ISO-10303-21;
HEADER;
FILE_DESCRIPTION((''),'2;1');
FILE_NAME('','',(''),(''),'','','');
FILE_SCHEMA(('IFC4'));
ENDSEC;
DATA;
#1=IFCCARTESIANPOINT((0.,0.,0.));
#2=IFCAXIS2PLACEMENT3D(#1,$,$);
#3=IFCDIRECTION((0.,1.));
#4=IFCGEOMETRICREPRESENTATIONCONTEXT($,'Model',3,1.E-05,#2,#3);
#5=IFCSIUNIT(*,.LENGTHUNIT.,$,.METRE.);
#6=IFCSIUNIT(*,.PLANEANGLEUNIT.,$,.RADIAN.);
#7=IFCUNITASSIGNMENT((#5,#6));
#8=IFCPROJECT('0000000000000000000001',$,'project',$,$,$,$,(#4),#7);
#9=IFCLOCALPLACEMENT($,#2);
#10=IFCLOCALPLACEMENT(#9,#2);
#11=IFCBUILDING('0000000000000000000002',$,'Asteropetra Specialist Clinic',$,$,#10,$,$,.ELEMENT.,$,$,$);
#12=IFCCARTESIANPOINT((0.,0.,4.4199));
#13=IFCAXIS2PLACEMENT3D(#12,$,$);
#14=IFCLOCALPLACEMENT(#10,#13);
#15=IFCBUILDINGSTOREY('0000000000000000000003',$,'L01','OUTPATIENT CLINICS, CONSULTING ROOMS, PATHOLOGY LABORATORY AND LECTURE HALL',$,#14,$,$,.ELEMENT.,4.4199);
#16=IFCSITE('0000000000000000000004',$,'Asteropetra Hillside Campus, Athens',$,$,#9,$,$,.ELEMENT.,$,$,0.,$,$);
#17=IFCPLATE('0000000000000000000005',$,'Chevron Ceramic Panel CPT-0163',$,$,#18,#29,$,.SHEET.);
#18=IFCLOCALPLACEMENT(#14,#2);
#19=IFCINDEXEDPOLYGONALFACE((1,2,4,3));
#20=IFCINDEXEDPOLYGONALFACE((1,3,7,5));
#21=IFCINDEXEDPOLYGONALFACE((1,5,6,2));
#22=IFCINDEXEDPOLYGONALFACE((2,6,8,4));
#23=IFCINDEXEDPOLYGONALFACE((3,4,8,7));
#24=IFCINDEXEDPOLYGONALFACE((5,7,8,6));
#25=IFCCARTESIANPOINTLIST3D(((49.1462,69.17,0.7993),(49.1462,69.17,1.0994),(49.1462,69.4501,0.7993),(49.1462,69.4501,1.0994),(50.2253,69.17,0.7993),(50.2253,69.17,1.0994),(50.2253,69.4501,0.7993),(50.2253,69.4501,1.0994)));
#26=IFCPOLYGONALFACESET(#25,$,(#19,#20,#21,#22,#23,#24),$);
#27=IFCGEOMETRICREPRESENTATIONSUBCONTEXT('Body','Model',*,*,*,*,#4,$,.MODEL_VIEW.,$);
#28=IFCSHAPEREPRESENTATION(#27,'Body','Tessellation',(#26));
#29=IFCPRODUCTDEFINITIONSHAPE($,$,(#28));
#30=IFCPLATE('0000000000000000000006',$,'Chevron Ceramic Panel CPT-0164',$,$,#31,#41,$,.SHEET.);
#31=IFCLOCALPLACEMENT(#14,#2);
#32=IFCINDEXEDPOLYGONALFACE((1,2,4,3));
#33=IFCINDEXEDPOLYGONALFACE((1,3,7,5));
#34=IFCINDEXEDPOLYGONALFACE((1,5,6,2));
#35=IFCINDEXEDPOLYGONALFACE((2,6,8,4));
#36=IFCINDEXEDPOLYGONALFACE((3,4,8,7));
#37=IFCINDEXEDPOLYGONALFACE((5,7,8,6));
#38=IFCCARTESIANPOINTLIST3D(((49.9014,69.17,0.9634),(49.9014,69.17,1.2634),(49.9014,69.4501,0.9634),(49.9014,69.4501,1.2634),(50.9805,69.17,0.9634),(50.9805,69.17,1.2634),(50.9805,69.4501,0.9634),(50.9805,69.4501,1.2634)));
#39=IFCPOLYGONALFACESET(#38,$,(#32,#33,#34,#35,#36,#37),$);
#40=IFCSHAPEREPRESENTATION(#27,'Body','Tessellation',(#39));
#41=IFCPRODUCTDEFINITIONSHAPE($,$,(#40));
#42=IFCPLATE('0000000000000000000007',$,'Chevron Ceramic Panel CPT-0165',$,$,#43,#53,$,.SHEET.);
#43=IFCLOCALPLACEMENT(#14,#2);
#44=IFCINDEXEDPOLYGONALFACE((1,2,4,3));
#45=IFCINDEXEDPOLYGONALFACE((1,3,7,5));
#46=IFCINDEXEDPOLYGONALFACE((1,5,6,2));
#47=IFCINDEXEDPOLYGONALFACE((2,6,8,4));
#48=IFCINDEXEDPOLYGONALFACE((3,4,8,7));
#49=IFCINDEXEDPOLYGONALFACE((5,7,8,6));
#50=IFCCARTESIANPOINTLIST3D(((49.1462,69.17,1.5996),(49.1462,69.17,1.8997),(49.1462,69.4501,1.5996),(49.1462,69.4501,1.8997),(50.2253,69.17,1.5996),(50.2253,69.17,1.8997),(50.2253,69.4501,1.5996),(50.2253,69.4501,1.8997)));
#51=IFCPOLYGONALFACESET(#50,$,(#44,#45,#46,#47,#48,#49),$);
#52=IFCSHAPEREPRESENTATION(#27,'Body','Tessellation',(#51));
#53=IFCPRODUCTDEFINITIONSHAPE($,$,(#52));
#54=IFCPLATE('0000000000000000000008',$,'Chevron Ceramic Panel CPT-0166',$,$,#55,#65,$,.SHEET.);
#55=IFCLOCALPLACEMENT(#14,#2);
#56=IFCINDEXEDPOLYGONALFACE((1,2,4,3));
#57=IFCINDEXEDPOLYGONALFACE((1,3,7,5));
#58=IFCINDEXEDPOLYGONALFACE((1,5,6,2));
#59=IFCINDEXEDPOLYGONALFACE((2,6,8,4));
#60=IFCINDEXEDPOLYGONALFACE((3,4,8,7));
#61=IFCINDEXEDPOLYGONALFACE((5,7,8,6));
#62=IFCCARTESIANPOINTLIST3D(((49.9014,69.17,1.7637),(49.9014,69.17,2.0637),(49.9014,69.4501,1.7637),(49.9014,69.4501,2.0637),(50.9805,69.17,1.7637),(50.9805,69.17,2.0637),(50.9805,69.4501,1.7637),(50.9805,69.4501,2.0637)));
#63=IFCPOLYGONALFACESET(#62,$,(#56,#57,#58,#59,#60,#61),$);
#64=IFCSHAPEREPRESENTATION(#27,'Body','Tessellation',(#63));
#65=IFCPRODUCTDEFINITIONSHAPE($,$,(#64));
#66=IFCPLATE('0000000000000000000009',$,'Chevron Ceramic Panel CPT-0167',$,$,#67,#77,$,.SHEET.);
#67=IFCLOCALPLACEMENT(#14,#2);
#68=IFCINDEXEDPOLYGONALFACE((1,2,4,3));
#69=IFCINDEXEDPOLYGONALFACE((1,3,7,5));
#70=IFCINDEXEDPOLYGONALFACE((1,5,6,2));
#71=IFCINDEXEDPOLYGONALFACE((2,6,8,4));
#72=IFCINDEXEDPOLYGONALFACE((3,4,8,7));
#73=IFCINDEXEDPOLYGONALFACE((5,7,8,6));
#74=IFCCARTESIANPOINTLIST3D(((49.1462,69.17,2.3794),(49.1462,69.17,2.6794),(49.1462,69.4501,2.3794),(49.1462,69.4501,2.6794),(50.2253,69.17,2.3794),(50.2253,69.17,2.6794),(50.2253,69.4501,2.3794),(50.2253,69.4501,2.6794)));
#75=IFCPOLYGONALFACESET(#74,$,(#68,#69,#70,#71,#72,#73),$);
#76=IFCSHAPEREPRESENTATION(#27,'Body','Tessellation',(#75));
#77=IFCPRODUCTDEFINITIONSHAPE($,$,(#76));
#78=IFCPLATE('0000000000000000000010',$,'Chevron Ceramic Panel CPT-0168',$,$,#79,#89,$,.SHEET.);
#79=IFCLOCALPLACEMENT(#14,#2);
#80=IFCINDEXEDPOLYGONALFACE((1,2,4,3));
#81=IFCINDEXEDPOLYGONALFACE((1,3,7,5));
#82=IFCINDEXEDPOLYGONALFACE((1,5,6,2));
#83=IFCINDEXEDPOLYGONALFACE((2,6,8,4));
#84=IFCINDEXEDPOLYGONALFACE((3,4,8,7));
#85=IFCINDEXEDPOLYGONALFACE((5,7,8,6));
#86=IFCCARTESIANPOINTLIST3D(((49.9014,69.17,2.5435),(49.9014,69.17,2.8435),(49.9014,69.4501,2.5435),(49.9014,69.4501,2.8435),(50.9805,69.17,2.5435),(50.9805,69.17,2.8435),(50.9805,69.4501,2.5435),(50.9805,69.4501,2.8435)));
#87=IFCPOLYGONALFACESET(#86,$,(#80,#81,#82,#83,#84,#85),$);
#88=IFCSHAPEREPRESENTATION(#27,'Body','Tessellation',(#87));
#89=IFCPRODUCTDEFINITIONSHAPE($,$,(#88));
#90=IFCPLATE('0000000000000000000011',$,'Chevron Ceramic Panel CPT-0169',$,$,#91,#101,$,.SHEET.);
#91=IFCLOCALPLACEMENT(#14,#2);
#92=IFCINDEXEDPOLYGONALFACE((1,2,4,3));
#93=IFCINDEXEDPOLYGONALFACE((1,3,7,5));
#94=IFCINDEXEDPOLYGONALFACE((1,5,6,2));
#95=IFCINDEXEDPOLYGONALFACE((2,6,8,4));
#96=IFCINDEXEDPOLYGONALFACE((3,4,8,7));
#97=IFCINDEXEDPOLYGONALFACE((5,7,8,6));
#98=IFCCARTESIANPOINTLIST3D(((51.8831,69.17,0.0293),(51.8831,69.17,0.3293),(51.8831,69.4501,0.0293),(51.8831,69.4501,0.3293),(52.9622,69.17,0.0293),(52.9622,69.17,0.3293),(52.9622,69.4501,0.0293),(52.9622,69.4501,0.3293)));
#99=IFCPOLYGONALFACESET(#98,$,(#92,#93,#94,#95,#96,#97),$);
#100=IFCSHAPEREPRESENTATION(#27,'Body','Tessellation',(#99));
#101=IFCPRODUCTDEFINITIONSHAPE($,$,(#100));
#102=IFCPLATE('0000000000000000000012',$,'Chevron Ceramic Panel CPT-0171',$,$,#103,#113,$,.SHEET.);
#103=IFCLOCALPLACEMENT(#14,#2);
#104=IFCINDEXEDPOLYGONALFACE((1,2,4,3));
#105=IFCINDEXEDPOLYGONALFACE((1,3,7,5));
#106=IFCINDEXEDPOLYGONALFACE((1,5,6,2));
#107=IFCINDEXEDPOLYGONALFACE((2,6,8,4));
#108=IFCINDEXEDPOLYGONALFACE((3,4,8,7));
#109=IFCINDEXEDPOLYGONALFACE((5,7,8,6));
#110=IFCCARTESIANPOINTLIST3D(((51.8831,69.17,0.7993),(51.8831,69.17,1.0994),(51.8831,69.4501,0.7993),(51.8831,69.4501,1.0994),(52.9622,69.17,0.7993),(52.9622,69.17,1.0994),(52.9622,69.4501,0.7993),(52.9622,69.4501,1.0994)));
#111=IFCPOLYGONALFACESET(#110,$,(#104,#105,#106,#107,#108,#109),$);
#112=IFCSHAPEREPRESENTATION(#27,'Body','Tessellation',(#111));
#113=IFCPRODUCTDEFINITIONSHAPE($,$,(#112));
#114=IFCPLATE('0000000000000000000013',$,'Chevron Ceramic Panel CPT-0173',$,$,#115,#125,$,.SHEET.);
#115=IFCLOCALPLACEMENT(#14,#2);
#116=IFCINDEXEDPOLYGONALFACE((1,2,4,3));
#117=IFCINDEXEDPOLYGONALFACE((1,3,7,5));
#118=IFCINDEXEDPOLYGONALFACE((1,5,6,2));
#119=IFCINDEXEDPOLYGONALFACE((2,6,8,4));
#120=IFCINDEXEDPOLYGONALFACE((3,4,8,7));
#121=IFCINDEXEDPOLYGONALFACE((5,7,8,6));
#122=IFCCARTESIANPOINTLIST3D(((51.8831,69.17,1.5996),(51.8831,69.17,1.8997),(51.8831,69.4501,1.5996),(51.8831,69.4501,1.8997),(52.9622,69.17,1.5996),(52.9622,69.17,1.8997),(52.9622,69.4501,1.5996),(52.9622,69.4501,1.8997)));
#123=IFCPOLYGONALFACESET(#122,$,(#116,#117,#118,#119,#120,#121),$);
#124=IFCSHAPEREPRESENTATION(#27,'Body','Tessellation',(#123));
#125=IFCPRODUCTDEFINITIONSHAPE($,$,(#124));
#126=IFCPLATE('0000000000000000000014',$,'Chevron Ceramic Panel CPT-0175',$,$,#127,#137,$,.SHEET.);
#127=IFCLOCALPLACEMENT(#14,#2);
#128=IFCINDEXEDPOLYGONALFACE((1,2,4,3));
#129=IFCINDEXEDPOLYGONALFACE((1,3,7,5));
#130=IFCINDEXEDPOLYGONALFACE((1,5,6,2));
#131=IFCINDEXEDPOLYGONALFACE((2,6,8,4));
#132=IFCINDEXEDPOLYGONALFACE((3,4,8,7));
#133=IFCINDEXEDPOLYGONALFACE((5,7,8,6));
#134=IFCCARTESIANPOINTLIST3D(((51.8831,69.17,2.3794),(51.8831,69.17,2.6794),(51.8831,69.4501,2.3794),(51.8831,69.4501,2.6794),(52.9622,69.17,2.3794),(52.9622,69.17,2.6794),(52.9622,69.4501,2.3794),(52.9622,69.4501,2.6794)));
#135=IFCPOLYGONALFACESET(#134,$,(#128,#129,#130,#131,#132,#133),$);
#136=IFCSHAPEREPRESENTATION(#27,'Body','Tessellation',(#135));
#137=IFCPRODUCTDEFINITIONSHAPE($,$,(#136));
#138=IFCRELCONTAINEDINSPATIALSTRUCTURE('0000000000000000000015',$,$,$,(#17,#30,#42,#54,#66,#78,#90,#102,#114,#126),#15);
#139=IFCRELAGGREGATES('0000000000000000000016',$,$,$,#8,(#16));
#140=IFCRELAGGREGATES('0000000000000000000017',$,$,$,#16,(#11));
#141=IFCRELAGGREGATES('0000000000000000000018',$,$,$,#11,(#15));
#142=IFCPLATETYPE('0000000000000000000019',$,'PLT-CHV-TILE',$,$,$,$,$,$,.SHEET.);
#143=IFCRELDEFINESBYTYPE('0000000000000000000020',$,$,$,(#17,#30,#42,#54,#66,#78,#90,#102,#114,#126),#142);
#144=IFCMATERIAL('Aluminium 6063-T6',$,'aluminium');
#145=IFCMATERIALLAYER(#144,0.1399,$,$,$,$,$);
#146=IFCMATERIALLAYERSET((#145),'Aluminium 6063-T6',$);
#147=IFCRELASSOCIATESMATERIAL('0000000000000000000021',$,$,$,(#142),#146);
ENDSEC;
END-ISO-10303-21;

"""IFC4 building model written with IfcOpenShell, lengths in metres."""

from ifc_helpers import new_model, si_unit, direction, frame, origin, origin_2d, place, context, subcontext, project, spatial, rectangle, extrude, material, layer, layer_set, type_object, element, save


model = new_model("IFC4")

# Units and contexts
model_context = context("Model", 3, precision=1e-05, world=origin(), true_north=direction((0.0, 1.0)))
body_context = subcontext(model_context, "Body", "Model", "MODEL_VIEW")
ifc_project = project(units=[si_unit("LENGTHUNIT", "METRE"), si_unit("PLANEANGLEUNIT", "RADIAN")], contexts=[model_context])

# Site, building, storey
site_placement = place(None, origin())
site = spatial("IfcSite", under=ifc_project, at=site_placement, Name="Asteropetra Hillside Campus, Athens", CompositionType="ELEMENT", RefElevation=0.0)
building_placement = place(site_placement, origin())
building = spatial("IfcBuilding", under=site, at=building_placement, Name="Asteropetra Specialist Clinic", CompositionType="ELEMENT")
storey_placement = place(building_placement, frame((0.0, 0.0, 4.4199)))
storey = spatial("IfcBuildingStorey", under=building, at=storey_placement, Name="L01", Description="OUTPATIENT CLINICS, CONSULTING ROOMS, PATHOLOGY LABORATORY AND LECTURE HALL", CompositionType="ELEMENT", Elevation=4.4199)

# Plates
ifc_material_1 = material(Name="Aluminium 6063-T6", Category="aluminium")
ifc_layer = layer(ifc_material_1, 0.1399)
ifc_layer_set = layer_set([ifc_layer], Name="Aluminium 6063-T6")
plate_type_1 = type_object("IfcPlateType", Name="PLT-CHV-TILE", PredefinedType="SHEET", material=ifc_layer_set)
for number, where, z_axis, x_axis, name in (
    (1, (49.6858, 69.3101, 0.7993), (0.0, 0.0, 1.0), (1.0, 0.0, 0.0), "Chevron Ceramic Panel CPT-0163"),
    (2, (50.4409, 69.3101, 0.9634), (0.0, 0.0, 1.0), (1.0, 0.0, 0.0), "Chevron Ceramic Panel CPT-0164"),
    (3, (49.6858, 69.3101, 1.5996), (0.0, 0.0, 1.0), (1.0, 0.0, 0.0), "Chevron Ceramic Panel CPT-0165"),
    (4, (50.4409, 69.3101, 1.7637), (0.0, 0.0, 1.0), (1.0, 0.0, 0.0), "Chevron Ceramic Panel CPT-0166"),
    (5, (49.6858, 69.3101, 2.3794), (0.0, 0.0, 1.0), (1.0, 0.0, 0.0), "Chevron Ceramic Panel CPT-0167"),
    (6, (50.4409, 69.3101, 2.5435), (0.0, 0.0, 1.0), (1.0, 0.0, 0.0), "Chevron Ceramic Panel CPT-0168"),
    (7, (52.4226, 69.3101, 0.0293), (0.0, 0.0, 1.0), (1.0, 0.0, 0.0), "Chevron Ceramic Panel CPT-0169"),
    (8, (52.4226, 69.3101, 0.7993), (0.0, 0.0, 1.0), (1.0, 0.0, 0.0), "Chevron Ceramic Panel CPT-0171"),
    (9, (52.4226, 69.3101, 1.5996), (0.0, 0.0, 1.0), (1.0, 0.0, 0.0), "Chevron Ceramic Panel CPT-0173"),
    (10, (52.4226, 69.3101, 2.3794), (0.0, 0.0, 1.0), (1.0, 0.0, 0.0), "Chevron Ceramic Panel CPT-0175"),
):
    element("IfcPlate", number, at=place(storey_placement, frame(where, z_axis=z_axis, x_axis=x_axis)), inside=storey, type_object=plate_type_1, Name=name, PredefinedType="SHEET", context=body_context, shape_type="SweptSolid", body=[
        extrude(rectangle(XDim=1.0791, YDim=0.28, at=origin_2d()), origin(), (0.0, 0.0, 1.0), 0.3),
    ])

save(model, "model.ifc")
